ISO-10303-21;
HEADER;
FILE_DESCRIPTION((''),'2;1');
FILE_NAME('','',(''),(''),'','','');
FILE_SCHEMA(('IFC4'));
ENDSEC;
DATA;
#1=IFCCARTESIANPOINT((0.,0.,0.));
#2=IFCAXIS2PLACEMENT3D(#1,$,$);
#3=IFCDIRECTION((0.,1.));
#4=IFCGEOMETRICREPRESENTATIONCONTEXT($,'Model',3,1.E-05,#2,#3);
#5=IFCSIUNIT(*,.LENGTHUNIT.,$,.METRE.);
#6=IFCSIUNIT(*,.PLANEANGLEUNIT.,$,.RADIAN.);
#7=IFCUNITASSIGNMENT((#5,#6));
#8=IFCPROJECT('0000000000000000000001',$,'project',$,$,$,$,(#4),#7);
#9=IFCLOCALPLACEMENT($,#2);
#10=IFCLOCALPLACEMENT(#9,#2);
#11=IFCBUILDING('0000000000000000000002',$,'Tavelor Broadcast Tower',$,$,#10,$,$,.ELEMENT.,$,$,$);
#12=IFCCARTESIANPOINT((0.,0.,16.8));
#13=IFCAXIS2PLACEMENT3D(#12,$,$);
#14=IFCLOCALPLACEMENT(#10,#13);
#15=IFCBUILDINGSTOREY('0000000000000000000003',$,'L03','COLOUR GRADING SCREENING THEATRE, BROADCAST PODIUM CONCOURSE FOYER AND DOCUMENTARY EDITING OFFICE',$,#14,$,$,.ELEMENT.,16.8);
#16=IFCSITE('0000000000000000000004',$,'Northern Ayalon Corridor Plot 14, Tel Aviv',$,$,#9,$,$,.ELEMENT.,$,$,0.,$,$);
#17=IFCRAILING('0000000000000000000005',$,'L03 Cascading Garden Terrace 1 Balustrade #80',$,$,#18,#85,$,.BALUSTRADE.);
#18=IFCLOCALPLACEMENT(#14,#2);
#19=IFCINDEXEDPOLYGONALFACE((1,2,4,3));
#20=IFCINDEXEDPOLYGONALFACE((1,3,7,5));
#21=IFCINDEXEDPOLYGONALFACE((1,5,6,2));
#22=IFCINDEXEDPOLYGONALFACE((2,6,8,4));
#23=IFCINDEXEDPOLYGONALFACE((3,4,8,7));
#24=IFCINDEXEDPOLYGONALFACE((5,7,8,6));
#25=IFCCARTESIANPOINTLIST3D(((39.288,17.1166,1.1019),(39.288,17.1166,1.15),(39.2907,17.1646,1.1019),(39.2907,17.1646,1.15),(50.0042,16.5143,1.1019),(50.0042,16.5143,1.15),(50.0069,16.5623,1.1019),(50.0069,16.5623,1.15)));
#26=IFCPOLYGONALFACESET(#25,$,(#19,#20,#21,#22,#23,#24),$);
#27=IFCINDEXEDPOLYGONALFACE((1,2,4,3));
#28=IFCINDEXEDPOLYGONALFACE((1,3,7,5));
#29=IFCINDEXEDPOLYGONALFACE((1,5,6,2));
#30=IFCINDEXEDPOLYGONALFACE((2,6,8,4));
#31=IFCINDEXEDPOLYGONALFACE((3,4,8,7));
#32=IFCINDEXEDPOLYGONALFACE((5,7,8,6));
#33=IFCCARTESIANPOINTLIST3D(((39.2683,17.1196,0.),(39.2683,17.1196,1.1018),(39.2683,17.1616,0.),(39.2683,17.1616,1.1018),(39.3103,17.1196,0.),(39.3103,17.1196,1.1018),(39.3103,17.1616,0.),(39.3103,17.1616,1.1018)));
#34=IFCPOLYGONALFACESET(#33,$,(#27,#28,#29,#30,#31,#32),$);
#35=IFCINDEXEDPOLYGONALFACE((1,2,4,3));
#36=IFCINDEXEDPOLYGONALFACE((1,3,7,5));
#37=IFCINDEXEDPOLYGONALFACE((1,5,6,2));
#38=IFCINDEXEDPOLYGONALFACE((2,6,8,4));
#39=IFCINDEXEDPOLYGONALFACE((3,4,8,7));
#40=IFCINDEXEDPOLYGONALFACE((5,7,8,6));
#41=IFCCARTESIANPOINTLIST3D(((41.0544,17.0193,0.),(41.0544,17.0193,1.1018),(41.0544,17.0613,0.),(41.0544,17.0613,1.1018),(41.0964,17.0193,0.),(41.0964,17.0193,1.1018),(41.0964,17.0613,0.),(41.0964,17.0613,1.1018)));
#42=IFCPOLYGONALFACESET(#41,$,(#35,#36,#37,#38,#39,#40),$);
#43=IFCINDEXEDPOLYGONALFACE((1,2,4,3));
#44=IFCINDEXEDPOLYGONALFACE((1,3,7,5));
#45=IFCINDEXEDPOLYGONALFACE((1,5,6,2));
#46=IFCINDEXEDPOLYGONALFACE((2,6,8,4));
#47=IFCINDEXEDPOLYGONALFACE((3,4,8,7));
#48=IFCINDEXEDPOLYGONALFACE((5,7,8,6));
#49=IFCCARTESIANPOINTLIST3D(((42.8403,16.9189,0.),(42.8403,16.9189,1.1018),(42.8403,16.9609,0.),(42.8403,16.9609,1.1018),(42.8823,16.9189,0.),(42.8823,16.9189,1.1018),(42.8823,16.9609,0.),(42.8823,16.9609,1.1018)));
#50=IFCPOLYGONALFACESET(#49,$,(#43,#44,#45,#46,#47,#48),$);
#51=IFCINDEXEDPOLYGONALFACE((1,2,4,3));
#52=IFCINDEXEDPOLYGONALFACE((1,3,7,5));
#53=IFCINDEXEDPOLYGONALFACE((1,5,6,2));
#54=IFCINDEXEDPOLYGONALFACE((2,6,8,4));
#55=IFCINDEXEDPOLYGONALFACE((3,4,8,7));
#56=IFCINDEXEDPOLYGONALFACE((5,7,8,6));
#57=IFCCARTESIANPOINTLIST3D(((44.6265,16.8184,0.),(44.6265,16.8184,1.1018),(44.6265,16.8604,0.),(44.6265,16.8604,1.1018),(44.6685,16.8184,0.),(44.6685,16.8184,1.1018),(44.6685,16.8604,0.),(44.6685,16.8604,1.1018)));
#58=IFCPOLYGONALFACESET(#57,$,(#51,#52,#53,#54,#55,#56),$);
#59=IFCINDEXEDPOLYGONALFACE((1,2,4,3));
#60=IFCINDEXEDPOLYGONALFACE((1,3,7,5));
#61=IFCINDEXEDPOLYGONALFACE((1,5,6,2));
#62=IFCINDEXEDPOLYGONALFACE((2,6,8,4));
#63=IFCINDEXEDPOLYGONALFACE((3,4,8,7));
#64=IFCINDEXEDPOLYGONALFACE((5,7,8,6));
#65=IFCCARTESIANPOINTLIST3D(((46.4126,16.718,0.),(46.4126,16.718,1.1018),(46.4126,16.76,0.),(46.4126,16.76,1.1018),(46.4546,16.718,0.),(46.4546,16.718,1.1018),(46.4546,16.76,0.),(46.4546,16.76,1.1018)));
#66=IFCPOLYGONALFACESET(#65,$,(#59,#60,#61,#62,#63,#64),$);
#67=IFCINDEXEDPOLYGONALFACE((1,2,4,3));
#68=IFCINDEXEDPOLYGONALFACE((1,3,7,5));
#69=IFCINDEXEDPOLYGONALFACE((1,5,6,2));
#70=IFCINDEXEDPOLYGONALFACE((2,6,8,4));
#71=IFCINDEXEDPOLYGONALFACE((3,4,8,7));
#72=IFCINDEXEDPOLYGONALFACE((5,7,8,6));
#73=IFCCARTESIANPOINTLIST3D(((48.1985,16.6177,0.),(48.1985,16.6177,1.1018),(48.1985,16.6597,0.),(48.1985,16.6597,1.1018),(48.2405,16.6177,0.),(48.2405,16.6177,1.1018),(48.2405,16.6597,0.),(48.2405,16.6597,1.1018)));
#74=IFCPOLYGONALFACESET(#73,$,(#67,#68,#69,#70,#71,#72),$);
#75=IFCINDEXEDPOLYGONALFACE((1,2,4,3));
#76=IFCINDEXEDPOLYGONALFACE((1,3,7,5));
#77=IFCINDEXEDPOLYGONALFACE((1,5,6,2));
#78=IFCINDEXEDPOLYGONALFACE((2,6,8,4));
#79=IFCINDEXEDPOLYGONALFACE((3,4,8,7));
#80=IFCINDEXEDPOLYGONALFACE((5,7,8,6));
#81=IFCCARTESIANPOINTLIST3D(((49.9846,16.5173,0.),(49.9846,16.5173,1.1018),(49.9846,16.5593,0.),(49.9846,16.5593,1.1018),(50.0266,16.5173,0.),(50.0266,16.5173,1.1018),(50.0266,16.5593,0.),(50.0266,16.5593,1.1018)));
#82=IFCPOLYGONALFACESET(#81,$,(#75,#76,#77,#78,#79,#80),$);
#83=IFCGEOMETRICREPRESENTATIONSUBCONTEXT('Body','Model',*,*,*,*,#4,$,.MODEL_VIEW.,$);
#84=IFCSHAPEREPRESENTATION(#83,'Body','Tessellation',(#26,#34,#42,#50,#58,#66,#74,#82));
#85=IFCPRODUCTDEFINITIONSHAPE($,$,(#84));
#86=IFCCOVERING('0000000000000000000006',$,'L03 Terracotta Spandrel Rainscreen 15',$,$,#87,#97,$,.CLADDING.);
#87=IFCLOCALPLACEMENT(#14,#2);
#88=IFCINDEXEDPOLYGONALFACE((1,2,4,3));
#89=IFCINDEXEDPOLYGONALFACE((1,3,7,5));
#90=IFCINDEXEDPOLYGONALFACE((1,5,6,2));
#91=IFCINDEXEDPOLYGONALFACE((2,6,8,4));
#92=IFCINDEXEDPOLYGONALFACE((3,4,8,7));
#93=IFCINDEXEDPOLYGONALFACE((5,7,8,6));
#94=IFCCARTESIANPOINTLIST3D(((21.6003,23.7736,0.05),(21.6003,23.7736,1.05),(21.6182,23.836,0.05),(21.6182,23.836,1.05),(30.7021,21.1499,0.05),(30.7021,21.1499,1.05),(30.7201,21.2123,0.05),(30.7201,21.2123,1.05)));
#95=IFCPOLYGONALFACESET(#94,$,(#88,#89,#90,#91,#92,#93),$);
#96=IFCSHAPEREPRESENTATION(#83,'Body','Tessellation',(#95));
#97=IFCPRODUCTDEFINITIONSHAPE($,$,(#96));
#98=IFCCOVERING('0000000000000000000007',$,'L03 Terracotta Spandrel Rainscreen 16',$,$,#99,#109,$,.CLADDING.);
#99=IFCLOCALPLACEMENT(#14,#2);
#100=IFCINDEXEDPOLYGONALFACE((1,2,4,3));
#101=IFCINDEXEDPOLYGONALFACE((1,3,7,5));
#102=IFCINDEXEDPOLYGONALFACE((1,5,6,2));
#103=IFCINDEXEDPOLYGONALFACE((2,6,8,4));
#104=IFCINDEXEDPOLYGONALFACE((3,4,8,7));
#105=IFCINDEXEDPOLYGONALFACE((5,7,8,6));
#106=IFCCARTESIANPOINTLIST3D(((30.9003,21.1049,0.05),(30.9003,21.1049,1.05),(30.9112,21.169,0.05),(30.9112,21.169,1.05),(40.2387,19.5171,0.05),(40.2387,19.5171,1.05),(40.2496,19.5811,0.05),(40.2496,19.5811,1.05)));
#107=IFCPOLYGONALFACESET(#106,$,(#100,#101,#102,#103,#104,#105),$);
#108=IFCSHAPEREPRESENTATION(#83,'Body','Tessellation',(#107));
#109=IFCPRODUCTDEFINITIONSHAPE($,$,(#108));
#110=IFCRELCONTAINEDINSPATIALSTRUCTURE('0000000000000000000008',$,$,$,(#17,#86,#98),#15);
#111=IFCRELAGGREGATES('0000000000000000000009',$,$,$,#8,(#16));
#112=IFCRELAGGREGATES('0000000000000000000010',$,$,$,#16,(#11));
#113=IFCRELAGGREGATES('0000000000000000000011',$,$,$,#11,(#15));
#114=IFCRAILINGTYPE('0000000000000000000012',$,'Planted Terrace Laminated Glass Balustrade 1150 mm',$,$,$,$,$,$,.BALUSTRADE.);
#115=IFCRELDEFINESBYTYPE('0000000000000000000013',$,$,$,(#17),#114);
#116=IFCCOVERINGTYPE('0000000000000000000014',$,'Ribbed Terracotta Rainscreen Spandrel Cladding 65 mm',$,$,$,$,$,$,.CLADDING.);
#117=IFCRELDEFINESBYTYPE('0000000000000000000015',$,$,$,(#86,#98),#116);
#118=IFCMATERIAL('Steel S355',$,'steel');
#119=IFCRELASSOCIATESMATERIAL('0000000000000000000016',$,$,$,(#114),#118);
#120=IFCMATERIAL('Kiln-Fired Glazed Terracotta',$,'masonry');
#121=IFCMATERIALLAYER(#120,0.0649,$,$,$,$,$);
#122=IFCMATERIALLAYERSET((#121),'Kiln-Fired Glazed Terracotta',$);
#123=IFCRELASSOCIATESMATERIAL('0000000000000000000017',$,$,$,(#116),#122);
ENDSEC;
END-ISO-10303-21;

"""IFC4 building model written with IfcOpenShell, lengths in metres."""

from ifc_helpers import new_model, si_unit, direction, frame, origin, origin_2d, place, context, subcontext, project, spatial, rectangle, extrude, material, layer, layer_set, type_object, element, save


model = new_model("IFC4")

# Units and contexts
model_context = context("Model", 3, precision=1e-05, world=origin(), true_north=direction((0.0, 1.0)))
body_context = subcontext(model_context, "Body", "Model", "MODEL_VIEW")
ifc_project = project(units=[si_unit("LENGTHUNIT", "METRE"), si_unit("PLANEANGLEUNIT", "RADIAN")], contexts=[model_context])

# Site, building, storey
site_placement = place(None, origin())
site = spatial("IfcSite", under=ifc_project, at=site_placement, Name="Northern Ayalon Corridor Plot 14, Tel Aviv", CompositionType="ELEMENT", RefElevation=0.0)
building_placement = place(site_placement, origin())
building = spatial("IfcBuilding", under=site, at=building_placement, Name="Tavelor Broadcast Tower", CompositionType="ELEMENT")
storey_placement = place(building_placement, frame((0.0, 0.0, 16.8)))
storey = spatial("IfcBuildingStorey", under=building, at=storey_placement, Name="L03", Description="COLOUR GRADING SCREENING THEATRE, BROADCAST PODIUM CONCOURSE FOYER AND DOCUMENTARY EDITING OFFICE", CompositionType="ELEMENT", Elevation=16.8)

# Shared definitions
ifc_material_1 = material(Name="Steel S355", Category="steel")

# Railing
railing_type = type_object("IfcRailingType", Name="Planted Terrace Laminated Glass Balustrade 1150 mm", PredefinedType="BALUSTRADE", material=ifc_material_1)
railing_1_placement = place(storey_placement, frame((39.2893, 17.1406, 0.0)))
element("IfcRailing", 1, at=railing_1_placement, inside=storey, type_object=railing_type, Name="L03 Cascading Garden Terrace 1 Balustrade #80", PredefinedType="BALUSTRADE", context=body_context, shape_type="SweptSolid", body=[
    extrude(rectangle(XDim=0.0481, YDim=0.0481, at=origin_2d()), frame((0.0, 0.0, 1.126), z_axis=(0.998424, -0.056115, 0.0), x_axis=(0.056115, 0.998424, 0.0)), (0.0, 0.0, 1.0), 10.7332),
    extrude(rectangle(XDim=0.042, YDim=0.042, at=origin_2d()), origin(), (0.0, 0.0, 1.0), 1.1018),
    extrude(rectangle(XDim=0.042, YDim=0.042, at=origin_2d()), frame((1.7861, -0.1003, 0.0)), (0.0, 0.0, 1.0), 1.1018),
    extrude(rectangle(XDim=0.042, YDim=0.042, at=origin_2d()), frame((3.572, -0.2007, 0.0)), (0.0, 0.0, 1.0), 1.1018),
    extrude(rectangle(XDim=0.042, YDim=0.042, at=origin_2d()), frame((5.3582, -0.3013, 0.0)), (0.0, 0.0, 1.0), 1.1018),
    extrude(rectangle(XDim=0.042, YDim=0.042, at=origin_2d()), frame((7.1443, -0.4016, 0.0)), (0.0, 0.0, 1.0), 1.1018),
    extrude(rectangle(XDim=0.042, YDim=0.042, at=origin_2d()), frame((8.9302, -0.502, 0.0)), (0.0, 0.0, 1.0), 1.1018),
    extrude(rectangle(XDim=0.042, YDim=0.042, at=origin_2d()), frame((10.7163, -0.6023, 0.0)), (0.0, 0.0, 1.0), 1.1018),
])

# Coverings
ifc_material_2 = material(Name="Kiln-Fired Glazed Terracotta", Category="masonry")
ifc_layer_1 = layer(ifc_material_2, 0.0649)
ifc_layer_set_1 = layer_set([ifc_layer_1], Name="Kiln-Fired Glazed Terracotta")
covering_type = type_object("IfcCoveringType", Name="Ribbed Terracotta Rainscreen Spandrel Cladding 65 mm", PredefinedType="CLADDING", material=ifc_layer_set_1)
for number, where, z_axis, x_axis, name in (
    (2, (26.1602, 22.4929, 0.05), (0.0, 0.0, 1.0), (0.960876, -0.276979, 0.0), "L03 Terracotta Spandrel Rainscreen 15"),
    (3, (35.575, 20.343, 0.05), (0.0, 0.0, 1.0), (0.98585, -0.167629, 0.0), "L03 Terracotta Spandrel Rainscreen 16"),
):
    element("IfcCovering", number, at=place(storey_placement, frame(where, z_axis=z_axis, x_axis=x_axis)), inside=storey, type_object=covering_type, Name=name, PredefinedType="CLADDING", context=body_context, shape_type="SweptSolid", body=[
        extrude(rectangle(XDim=9.4724, YDim=0.0649, at=origin_2d()), origin(), (0.0, 0.0, 1.0), 1.0),
    ])

save(model, "model.ifc")
